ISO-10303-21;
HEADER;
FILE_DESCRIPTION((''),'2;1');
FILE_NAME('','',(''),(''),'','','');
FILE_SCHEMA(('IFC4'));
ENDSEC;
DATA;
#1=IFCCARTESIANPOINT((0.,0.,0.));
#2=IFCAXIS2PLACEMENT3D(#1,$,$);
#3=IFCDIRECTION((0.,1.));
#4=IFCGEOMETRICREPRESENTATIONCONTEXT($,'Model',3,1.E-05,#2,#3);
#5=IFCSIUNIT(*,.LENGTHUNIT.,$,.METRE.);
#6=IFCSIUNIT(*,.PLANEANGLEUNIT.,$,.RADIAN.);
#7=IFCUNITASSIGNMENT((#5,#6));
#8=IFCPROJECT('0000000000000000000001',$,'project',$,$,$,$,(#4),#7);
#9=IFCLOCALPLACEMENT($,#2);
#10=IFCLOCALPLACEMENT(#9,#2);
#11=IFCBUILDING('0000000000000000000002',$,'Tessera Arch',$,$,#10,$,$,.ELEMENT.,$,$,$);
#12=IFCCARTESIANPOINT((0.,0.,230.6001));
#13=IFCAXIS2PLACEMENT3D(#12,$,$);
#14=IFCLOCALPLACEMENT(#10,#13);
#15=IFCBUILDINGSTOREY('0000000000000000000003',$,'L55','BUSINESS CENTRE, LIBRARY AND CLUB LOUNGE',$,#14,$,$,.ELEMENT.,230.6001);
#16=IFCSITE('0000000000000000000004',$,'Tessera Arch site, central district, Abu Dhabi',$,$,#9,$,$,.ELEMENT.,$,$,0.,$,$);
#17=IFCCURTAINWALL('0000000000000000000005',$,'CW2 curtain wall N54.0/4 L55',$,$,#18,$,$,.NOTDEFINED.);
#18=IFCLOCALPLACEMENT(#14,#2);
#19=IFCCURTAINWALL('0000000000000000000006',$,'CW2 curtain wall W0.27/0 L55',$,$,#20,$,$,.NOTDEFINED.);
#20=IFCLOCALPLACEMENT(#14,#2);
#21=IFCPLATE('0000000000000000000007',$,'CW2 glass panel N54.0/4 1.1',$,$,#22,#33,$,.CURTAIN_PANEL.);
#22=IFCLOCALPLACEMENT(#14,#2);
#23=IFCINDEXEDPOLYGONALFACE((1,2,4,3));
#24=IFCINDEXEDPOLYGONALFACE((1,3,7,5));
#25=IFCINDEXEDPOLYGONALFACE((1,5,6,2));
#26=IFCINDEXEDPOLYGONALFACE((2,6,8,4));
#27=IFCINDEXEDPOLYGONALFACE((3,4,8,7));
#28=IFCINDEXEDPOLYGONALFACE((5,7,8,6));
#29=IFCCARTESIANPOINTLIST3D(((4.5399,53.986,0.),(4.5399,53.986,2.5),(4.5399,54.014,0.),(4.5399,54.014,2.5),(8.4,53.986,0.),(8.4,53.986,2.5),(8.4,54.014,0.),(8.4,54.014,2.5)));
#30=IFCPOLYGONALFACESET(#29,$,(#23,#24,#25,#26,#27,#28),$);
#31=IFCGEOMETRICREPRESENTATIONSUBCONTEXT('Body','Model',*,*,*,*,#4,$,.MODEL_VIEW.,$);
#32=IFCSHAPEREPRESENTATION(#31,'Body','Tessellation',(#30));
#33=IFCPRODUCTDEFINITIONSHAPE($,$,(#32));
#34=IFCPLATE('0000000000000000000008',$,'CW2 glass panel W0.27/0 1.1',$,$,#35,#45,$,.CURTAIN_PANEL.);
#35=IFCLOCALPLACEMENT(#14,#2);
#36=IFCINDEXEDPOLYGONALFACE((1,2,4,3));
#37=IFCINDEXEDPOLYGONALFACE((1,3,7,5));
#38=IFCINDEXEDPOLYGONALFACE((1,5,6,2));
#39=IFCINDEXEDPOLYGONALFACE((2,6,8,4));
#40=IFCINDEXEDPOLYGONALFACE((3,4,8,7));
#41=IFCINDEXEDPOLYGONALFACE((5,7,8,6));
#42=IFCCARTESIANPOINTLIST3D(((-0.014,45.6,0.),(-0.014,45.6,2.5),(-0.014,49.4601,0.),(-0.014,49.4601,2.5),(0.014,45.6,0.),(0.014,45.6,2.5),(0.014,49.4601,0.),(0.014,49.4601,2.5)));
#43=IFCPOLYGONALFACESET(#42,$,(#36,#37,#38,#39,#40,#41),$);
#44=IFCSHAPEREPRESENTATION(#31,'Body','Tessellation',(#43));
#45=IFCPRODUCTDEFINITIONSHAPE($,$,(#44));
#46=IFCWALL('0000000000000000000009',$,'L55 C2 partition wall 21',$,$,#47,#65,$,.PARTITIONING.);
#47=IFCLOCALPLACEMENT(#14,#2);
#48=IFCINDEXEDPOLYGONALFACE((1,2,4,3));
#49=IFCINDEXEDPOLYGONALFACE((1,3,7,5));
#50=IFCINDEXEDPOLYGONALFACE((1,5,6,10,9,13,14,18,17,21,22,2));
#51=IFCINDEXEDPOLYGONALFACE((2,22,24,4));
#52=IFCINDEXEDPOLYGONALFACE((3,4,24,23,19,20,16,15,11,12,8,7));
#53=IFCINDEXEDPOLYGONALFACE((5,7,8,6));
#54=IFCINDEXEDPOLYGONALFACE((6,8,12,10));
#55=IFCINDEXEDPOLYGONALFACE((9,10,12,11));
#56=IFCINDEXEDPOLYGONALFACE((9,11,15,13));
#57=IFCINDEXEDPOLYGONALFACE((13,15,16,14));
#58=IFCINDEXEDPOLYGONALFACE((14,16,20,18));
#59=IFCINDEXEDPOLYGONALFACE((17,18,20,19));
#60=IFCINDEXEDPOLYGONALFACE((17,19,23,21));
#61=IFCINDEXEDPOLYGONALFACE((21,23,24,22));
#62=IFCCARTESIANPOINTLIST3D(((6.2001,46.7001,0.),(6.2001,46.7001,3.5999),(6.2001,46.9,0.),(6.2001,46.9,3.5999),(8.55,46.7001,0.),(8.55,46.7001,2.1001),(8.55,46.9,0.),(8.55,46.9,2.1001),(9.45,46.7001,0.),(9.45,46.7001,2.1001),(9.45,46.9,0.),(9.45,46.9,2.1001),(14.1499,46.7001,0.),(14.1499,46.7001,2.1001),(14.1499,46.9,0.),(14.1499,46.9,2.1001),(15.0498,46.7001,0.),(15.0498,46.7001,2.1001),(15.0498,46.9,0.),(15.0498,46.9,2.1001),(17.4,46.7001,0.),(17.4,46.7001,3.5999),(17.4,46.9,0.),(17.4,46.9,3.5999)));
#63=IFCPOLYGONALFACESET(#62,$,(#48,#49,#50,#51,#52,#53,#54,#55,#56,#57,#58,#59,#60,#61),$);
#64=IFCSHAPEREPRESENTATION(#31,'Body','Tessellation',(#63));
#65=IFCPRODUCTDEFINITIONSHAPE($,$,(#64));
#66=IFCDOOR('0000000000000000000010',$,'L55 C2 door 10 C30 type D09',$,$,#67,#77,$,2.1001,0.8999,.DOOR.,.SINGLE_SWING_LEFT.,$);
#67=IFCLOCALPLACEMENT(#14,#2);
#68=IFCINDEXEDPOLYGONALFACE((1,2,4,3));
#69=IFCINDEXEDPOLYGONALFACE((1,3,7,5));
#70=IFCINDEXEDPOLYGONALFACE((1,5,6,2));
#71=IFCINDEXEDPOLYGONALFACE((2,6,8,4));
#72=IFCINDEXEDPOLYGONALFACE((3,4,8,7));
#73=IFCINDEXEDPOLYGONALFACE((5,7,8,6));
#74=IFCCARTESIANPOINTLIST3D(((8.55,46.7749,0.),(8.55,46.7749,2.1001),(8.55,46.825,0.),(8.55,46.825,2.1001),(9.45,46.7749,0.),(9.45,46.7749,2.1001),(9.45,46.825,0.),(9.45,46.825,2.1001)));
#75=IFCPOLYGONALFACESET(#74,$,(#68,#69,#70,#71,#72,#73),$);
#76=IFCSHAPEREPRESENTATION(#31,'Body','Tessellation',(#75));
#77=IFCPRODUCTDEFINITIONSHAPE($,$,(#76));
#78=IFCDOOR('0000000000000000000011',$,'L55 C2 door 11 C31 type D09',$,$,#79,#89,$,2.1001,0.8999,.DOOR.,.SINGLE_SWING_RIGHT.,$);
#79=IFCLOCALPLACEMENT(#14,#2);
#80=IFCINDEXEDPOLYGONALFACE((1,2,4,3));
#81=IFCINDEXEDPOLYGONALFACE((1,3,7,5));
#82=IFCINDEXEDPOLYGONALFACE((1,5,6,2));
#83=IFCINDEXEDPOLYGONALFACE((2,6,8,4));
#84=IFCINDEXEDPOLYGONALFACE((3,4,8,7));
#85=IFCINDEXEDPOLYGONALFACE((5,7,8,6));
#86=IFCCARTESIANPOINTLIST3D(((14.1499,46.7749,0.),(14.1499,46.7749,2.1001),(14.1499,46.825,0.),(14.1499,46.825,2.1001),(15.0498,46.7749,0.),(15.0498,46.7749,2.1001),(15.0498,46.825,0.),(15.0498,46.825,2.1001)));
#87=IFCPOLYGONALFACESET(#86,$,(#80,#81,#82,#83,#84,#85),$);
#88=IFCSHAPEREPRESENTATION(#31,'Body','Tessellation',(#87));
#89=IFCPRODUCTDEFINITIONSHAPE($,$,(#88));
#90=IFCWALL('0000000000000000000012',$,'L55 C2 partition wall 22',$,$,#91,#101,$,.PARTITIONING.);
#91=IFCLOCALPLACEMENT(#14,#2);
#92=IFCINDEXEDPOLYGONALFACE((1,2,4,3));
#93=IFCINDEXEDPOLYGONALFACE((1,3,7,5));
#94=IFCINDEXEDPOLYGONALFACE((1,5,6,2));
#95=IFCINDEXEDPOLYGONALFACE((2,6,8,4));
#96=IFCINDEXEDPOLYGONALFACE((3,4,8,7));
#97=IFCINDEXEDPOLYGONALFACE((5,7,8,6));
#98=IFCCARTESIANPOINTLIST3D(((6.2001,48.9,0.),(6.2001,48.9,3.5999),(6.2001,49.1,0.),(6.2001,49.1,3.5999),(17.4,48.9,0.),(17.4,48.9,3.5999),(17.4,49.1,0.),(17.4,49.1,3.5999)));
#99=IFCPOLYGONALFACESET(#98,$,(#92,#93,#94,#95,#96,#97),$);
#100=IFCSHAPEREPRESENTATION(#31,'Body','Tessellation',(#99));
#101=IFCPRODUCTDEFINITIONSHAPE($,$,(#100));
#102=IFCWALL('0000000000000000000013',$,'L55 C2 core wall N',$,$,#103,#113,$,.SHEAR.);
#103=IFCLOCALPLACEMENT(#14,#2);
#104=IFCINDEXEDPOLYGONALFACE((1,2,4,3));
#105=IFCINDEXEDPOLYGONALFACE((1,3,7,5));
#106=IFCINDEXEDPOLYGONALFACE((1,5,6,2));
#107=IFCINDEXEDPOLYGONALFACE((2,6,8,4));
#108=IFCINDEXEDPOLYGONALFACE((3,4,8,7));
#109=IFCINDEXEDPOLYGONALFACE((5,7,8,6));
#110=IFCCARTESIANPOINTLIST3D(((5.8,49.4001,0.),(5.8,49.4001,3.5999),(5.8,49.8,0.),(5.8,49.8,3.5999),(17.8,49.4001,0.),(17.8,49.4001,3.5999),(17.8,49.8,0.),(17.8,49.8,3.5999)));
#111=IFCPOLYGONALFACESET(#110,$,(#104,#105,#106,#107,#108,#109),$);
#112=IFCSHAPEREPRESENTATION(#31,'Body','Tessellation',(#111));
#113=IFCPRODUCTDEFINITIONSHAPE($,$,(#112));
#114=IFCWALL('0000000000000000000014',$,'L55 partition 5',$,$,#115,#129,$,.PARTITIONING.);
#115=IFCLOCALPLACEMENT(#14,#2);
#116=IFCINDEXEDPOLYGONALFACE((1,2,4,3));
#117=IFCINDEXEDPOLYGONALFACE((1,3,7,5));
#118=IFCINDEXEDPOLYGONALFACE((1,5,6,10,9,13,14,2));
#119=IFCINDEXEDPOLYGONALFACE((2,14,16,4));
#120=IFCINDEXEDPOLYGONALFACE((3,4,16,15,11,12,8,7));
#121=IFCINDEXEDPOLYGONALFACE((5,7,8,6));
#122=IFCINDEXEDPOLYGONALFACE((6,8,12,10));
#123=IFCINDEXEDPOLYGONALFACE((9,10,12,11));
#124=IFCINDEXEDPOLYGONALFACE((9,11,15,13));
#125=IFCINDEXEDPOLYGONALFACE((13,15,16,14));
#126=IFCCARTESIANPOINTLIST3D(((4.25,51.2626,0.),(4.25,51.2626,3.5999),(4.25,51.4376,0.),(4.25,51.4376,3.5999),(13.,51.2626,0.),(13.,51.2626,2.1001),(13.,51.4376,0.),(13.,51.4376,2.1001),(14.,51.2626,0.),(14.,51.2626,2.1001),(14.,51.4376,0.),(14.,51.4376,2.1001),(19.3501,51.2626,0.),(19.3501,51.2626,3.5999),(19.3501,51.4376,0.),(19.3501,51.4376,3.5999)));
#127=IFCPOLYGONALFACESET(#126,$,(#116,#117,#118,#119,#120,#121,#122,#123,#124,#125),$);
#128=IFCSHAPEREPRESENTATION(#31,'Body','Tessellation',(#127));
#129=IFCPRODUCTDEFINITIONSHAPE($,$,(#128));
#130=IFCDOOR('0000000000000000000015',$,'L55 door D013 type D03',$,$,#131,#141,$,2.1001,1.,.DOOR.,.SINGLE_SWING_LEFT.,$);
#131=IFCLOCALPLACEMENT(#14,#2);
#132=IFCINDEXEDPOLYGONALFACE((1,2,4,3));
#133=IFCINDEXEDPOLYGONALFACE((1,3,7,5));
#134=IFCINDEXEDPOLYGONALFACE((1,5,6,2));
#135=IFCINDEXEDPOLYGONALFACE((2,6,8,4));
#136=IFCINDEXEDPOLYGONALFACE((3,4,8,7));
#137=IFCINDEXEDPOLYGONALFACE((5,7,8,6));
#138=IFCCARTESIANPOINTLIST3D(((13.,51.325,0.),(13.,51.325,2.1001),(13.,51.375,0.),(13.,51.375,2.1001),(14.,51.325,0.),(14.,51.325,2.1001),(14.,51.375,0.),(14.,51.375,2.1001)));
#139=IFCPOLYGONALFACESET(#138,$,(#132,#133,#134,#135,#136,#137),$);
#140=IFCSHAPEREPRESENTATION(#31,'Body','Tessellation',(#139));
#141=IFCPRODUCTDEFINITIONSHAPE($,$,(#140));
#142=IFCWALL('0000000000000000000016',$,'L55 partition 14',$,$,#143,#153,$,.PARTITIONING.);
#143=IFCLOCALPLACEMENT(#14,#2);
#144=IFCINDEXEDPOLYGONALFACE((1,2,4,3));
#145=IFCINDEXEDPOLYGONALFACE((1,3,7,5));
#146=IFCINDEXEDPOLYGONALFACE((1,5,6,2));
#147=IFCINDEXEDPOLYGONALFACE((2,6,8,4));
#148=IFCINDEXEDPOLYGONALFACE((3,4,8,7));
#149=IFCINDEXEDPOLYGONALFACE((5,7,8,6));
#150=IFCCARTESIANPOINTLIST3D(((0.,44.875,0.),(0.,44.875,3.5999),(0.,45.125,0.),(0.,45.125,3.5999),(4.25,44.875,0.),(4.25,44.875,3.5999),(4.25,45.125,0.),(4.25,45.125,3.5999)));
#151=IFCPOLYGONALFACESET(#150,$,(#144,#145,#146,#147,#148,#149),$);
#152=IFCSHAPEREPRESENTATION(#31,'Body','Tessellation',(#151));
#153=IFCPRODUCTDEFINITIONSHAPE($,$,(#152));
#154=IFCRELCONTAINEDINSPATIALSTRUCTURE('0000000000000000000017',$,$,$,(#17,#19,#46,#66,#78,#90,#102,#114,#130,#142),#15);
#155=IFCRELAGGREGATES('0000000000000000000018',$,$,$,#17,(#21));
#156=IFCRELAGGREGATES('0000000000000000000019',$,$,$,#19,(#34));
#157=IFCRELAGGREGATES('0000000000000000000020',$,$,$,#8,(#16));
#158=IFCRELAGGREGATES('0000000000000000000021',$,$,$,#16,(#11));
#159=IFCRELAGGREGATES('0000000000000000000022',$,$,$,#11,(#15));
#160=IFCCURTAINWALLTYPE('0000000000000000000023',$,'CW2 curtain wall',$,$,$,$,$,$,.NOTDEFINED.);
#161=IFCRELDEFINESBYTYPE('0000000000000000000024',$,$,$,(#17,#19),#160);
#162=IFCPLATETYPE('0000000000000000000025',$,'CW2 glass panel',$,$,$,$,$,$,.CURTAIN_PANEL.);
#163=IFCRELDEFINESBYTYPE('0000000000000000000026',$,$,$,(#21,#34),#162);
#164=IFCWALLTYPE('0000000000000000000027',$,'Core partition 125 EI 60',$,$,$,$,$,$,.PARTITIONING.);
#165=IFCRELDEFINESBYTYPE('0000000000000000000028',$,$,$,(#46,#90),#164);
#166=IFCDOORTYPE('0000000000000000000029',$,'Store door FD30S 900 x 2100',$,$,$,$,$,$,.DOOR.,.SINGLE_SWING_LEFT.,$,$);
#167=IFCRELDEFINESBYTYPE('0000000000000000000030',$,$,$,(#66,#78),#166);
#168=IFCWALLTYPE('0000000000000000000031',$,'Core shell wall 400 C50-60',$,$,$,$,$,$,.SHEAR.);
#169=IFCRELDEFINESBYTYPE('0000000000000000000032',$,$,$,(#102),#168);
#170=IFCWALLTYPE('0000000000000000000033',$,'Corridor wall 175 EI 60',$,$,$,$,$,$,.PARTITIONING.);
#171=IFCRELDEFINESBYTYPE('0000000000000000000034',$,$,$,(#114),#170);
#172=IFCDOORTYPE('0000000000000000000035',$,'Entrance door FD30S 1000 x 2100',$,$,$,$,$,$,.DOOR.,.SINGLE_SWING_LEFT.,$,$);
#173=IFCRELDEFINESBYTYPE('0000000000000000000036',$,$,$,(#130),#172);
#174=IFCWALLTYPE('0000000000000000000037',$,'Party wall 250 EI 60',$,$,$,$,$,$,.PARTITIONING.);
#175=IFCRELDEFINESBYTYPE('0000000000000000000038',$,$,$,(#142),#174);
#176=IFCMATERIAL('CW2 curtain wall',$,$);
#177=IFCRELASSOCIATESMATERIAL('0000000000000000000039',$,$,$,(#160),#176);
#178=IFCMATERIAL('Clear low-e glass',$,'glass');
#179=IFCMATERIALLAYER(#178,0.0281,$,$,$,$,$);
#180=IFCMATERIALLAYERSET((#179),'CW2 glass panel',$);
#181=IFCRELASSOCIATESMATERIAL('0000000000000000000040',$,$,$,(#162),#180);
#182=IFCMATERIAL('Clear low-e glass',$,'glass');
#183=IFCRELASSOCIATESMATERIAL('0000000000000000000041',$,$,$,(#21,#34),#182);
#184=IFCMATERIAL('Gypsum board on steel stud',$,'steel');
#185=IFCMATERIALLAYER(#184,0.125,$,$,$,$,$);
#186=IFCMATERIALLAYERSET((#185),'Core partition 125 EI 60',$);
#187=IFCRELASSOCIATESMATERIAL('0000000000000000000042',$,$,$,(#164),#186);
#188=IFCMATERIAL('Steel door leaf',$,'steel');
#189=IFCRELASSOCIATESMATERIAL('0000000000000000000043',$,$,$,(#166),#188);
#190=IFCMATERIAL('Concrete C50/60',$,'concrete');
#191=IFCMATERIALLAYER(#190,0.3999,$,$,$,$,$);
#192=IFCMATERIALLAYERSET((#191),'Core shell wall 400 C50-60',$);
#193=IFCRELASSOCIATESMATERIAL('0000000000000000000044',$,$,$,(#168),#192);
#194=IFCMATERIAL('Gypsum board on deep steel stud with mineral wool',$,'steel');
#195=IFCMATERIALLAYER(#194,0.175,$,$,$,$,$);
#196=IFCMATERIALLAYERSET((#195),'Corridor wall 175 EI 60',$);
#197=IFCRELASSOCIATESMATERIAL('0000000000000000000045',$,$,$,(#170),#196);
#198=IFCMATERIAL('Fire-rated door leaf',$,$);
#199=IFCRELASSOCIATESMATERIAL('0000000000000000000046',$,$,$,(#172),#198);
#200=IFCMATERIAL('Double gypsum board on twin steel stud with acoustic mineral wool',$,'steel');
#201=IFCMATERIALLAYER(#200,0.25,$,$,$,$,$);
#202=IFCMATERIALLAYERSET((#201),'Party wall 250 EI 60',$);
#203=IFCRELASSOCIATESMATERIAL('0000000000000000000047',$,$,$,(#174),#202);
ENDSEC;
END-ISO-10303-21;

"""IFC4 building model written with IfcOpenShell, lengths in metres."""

from ifc_helpers import new_model, si_unit, direction, frame, frame_2d, origin, origin_2d, place, context, subcontext, project, spatial, rectangle, extrude, material, layer, layer_set, type_object, element, fill, aggregate, save


model = new_model("IFC4")

# Units and contexts
model_context = context("Model", 3, precision=1e-05, world=origin(), true_north=direction((0.0, 1.0)))
body_context = subcontext(model_context, "Body", "Model", "MODEL_VIEW")
ifc_project = project(units=[si_unit("LENGTHUNIT", "METRE"), si_unit("PLANEANGLEUNIT", "RADIAN")], contexts=[model_context])

# Site, building, storey
site_placement = place(None, origin())
site = spatial("IfcSite", under=ifc_project, at=site_placement, Name="Tessera Arch site, central district, Abu Dhabi", CompositionType="ELEMENT", RefElevation=0.0)
building_placement = place(site_placement, origin())
building = spatial("IfcBuilding", under=site, at=building_placement, Name="Tessera Arch", CompositionType="ELEMENT")
storey_placement = place(building_placement, frame((0.0, 0.0, 230.6001)))
storey = spatial("IfcBuildingStorey", under=building, at=storey_placement, Name="L55", Description="BUSINESS CENTRE, LIBRARY AND CLUB LOUNGE", CompositionType="ELEMENT", Elevation=230.6001)

# Curtain walls
ifc_material_1 = material(Name="CW2 curtain wall")
curtain_wall_type_1 = type_object("IfcCurtainWallType", Name="CW2 curtain wall", PredefinedType="NOTDEFINED", material=ifc_material_1)
curtain_wall_1_placement = place(storey_placement, origin())
curtain_wall_1 = element("IfcCurtainWall", 1, at=curtain_wall_1_placement, inside=storey, type_object=curtain_wall_type_1, Name="CW2 curtain wall N54.0/4 L55", PredefinedType="NOTDEFINED")
curtain_wall_2_placement = place(storey_placement, origin())
curtain_wall_2 = element("IfcCurtainWall", 2, at=curtain_wall_2_placement, inside=storey, type_object=curtain_wall_type_1, Name="CW2 curtain wall W0.27/0 L55", PredefinedType="NOTDEFINED")

# Plates
ifc_material_2 = material(Name="Clear low-e glass", Category="glass")
ifc_material_3 = material(Name="Clear low-e glass", Category="glass")
ifc_layer_1 = layer(ifc_material_3, 0.0281)
ifc_layer_set_1 = layer_set([ifc_layer_1], Name="CW2 glass panel")
plate_type_1 = type_object("IfcPlateType", Name="CW2 glass panel", PredefinedType="CURTAIN_PANEL", material=ifc_layer_set_1)
plate_1_placement = place(storey_placement, frame((6.47, 54.0, 0.0), z_axis=(0.0, 0.0, 1.0), x_axis=(-1.0, 0.0, 0.0)))
plate_1 = element("IfcPlate", 3, at=plate_1_placement, type_object=plate_type_1, material=ifc_material_2, Name="CW2 glass panel N54.0/4 1.1", PredefinedType="CURTAIN_PANEL", context=body_context, shape_type="SweptSolid", body=[
    extrude(rectangle(XDim=3.8601, YDim=0.0281, at=origin_2d()), origin(), (0.0, 0.0, 1.0), 2.5),
])
aggregate(curtain_wall_1, [plate_1])
plate_2_placement = place(storey_placement, frame((0.0, 47.53, 0.0), z_axis=(0.0, 0.0, 1.0), x_axis=(0.0, -1.0, 0.0)))
plate_2 = element("IfcPlate", 4, at=plate_2_placement, type_object=plate_type_1, material=ifc_material_2, Name="CW2 glass panel W0.27/0 1.1", PredefinedType="CURTAIN_PANEL", context=body_context, shape_type="SweptSolid", body=[
    extrude(rectangle(XDim=3.8601, YDim=0.0281, at=origin_2d()), origin(), (0.0, 0.0, 1.0), 2.5),
])
aggregate(curtain_wall_2, [plate_2])

# Wall, openings, doors
ifc_material_4 = material(Name="Gypsum board on steel stud", Category="steel")
ifc_layer_2 = layer(ifc_material_4, 0.125)
ifc_layer_set_2 = layer_set([ifc_layer_2], Name="Core partition 125 EI 60")
wall_type_1 = type_object("IfcWallType", Name="Core partition 125 EI 60", PredefinedType="PARTITIONING", material=ifc_layer_set_2)
wall_1_placement = place(storey_placement, frame((6.2, 46.8, 0.0), z_axis=(0.0, 0.0, 1.0), x_axis=(1.0, 0.0, 0.0)))
wall_1 = element("IfcWall", 5, at=wall_1_placement, inside=storey, type_object=wall_type_1, Name="L55 C2 partition wall 21", PredefinedType="PARTITIONING", context=body_context, shape_type="SweptSolid", body=[
    extrude(rectangle(XDim=11.2, YDim=0.2, at=frame_2d((5.6001, 0.0))), origin(), (0.0, 0.0, 1.0), 3.5999),
])
opening_1_placement = place(wall_1_placement, frame((2.3501, 0.0, 0.0)))
opening_1 = element("IfcOpeningElement", 6, at=opening_1_placement, cuts=wall_1, PredefinedType="OPENING", context=body_context, shape_type="SweptSolid", body=[
    extrude(rectangle(XDim=0.8999, YDim=2.1001, at=frame_2d((0.45, 1.05))), frame((0.0, 0.1099, 0.0), z_axis=(0.0, -1.0, 0.0), x_axis=(1.0, 0.0, 0.0)), (0.0, 0.0, 1.0), 0.22),
])
opening_2_placement = place(wall_1_placement, frame((7.95, 0.0, 0.0)))
opening_2 = element("IfcOpeningElement", 7, at=opening_2_placement, cuts=wall_1, PredefinedType="OPENING", context=body_context, shape_type="SweptSolid", body=[
    extrude(rectangle(XDim=0.8999, YDim=2.1001, at=frame_2d((0.45, 1.05))), frame((0.0, 0.1099, 0.0), z_axis=(0.0, -1.0, 0.0), x_axis=(1.0, 0.0, 0.0)), (0.0, 0.0, 1.0), 0.22),
])
ifc_material_5 = material(Name="Steel door leaf", Category="steel")
door_type_1 = type_object("IfcDoorType", Name="Store door FD30S 900 x 2100", OperationType="SINGLE_SWING_LEFT", PredefinedType="DOOR", material=ifc_material_5)
door_1_placement = place(opening_1_placement, origin())
door_1 = element("IfcDoor", 8, at=door_1_placement, inside=storey, type_object=door_type_1, Name="L55 C2 door 10 C30 type D09", OperationType="SINGLE_SWING_LEFT", OverallHeight=2.1001, OverallWidth=0.8999, PredefinedType="DOOR", context=body_context, shape_type="SweptSolid", body=[
    extrude(rectangle(XDim=0.8999, YDim=2.1001, at=frame_2d((0.45, 1.05))), frame((0.0, 0.0249, 0.0), z_axis=(0.0, -1.0, 0.0), x_axis=(1.0, 0.0, 0.0)), (0.0, 0.0, 1.0), 0.05),
])
fill(opening_1, door_1)
door_2_placement = place(opening_2_placement, origin())
door_2 = element("IfcDoor", 9, at=door_2_placement, inside=storey, type_object=door_type_1, Name="L55 C2 door 11 C31 type D09", OperationType="SINGLE_SWING_RIGHT", OverallHeight=2.1001, OverallWidth=0.8999, PredefinedType="DOOR", context=body_context, shape_type="SweptSolid", body=[
    extrude(rectangle(XDim=0.8999, YDim=2.1001, at=frame_2d((0.45, 1.05))), frame((0.0, 0.0249, 0.0), z_axis=(0.0, -1.0, 0.0), x_axis=(1.0, 0.0, 0.0)), (0.0, 0.0, 1.0), 0.05),
])
fill(opening_2, door_2)

# Walls
wall_2_placement = place(storey_placement, frame((6.2, 49.0, 0.0), z_axis=(0.0, 0.0, 1.0), x_axis=(1.0, 0.0, 0.0)))
element("IfcWall", 10, at=wall_2_placement, inside=storey, type_object=wall_type_1, Name="L55 C2 partition wall 22", PredefinedType="PARTITIONING", context=body_context, shape_type="SweptSolid", body=[
    extrude(rectangle(XDim=11.2, YDim=0.2, at=frame_2d((5.6001, 0.0))), origin(), (0.0, 0.0, 1.0), 3.5999),
])
ifc_material_6 = material(Name="Concrete C50/60", Category="concrete")
ifc_layer_3 = layer(ifc_material_6, 0.3999)
ifc_layer_set_3 = layer_set([ifc_layer_3], Name="Core shell wall 400 C50-60")
wall_type_2 = type_object("IfcWallType", Name="Core shell wall 400 C50-60", PredefinedType="SHEAR", material=ifc_layer_set_3)
wall_3_placement = place(storey_placement, frame((5.8, 49.6001, 0.0), z_axis=(0.0, 0.0, 1.0), x_axis=(1.0, 0.0, 0.0)))
element("IfcWall", 11, at=wall_3_placement, inside=storey, type_object=wall_type_2, Name="L55 C2 core wall N", PredefinedType="SHEAR", context=body_context, shape_type="SweptSolid", body=[
    extrude(rectangle(XDim=12.0, YDim=0.3999, at=frame_2d((6.0, 0.0))), origin(), (0.0, 0.0, 1.0), 3.5999),
])

# Wall, opening, door
ifc_material_7 = material(Name="Gypsum board on deep steel stud with mineral wool", Category="steel")
ifc_layer_4 = layer(ifc_material_7, 0.175)
ifc_layer_set_4 = layer_set([ifc_layer_4], Name="Corridor wall 175 EI 60")
wall_type_3 = type_object("IfcWallType", Name="Corridor wall 175 EI 60", PredefinedType="PARTITIONING", material=ifc_layer_set_4)
wall_4_placement = place(storey_placement, frame((4.25, 51.3501, 0.0), z_axis=(0.0, 0.0, 1.0), x_axis=(1.0, 0.0, 0.0)))
wall_4 = element("IfcWall", 12, at=wall_4_placement, inside=storey, type_object=wall_type_3, Name="L55 partition 5", PredefinedType="PARTITIONING", context=body_context, shape_type="SweptSolid", body=[
    extrude(rectangle(XDim=15.1001, YDim=0.175, at=frame_2d((7.55, 0.0))), origin(), (0.0, 0.0, 1.0), 3.5999),
])
opening_3_placement = place(wall_4_placement, frame((8.75, 0.0, 0.0)))
opening_3 = element("IfcOpeningElement", 13, at=opening_3_placement, cuts=wall_4, PredefinedType="OPENING", context=body_context, shape_type="SweptSolid", body=[
    extrude(rectangle(XDim=1.0, YDim=2.1001, at=frame_2d((0.5, 1.05))), frame((0.0, 0.0974, 0.0), z_axis=(0.0, -1.0, 0.0), x_axis=(1.0, 0.0, 0.0)), (0.0, 0.0, 1.0), 0.1951),
])
ifc_material_8 = material(Name="Fire-rated door leaf")
door_type_2 = type_object("IfcDoorType", Name="Entrance door FD30S 1000 x 2100", OperationType="SINGLE_SWING_LEFT", PredefinedType="DOOR", material=ifc_material_8)
door_3_placement = place(opening_3_placement, origin())
door_3 = element("IfcDoor", 14, at=door_3_placement, inside=storey, type_object=door_type_2, Name="L55 door D013 type D03", OperationType="SINGLE_SWING_LEFT", OverallHeight=2.1001, OverallWidth=1.0, PredefinedType="DOOR", context=body_context, shape_type="SweptSolid", body=[
    extrude(rectangle(XDim=1.0, YDim=2.1001, at=frame_2d((0.5, 1.05))), frame((0.0, 0.0249, 0.0), z_axis=(0.0, -1.0, 0.0), x_axis=(1.0, 0.0, 0.0)), (0.0, 0.0, 1.0), 0.05),
])
fill(opening_3, door_3)

# Wall
ifc_material_9 = material(Name="Double gypsum board on twin steel stud with acoustic mineral wool", Category="steel")
ifc_layer_5 = layer(ifc_material_9, 0.25)
ifc_layer_set_5 = layer_set([ifc_layer_5], Name="Party wall 250 EI 60")
wall_type_4 = type_object("IfcWallType", Name="Party wall 250 EI 60", PredefinedType="PARTITIONING", material=ifc_layer_set_5)
wall_5_placement = place(storey_placement, frame((0.0, 45.0, 0.0), z_axis=(0.0, 0.0, 1.0), x_axis=(1.0, 0.0, 0.0)))
element("IfcWall", 15, at=wall_5_placement, inside=storey, type_object=wall_type_4, Name="L55 partition 14", PredefinedType="PARTITIONING", context=body_context, shape_type="SweptSolid", body=[
    extrude(rectangle(XDim=4.25, YDim=0.25, at=frame_2d((2.125, 0.0))), origin(), (0.0, 0.0, 1.0), 3.5999),
])

save(model, "model.ifc")
